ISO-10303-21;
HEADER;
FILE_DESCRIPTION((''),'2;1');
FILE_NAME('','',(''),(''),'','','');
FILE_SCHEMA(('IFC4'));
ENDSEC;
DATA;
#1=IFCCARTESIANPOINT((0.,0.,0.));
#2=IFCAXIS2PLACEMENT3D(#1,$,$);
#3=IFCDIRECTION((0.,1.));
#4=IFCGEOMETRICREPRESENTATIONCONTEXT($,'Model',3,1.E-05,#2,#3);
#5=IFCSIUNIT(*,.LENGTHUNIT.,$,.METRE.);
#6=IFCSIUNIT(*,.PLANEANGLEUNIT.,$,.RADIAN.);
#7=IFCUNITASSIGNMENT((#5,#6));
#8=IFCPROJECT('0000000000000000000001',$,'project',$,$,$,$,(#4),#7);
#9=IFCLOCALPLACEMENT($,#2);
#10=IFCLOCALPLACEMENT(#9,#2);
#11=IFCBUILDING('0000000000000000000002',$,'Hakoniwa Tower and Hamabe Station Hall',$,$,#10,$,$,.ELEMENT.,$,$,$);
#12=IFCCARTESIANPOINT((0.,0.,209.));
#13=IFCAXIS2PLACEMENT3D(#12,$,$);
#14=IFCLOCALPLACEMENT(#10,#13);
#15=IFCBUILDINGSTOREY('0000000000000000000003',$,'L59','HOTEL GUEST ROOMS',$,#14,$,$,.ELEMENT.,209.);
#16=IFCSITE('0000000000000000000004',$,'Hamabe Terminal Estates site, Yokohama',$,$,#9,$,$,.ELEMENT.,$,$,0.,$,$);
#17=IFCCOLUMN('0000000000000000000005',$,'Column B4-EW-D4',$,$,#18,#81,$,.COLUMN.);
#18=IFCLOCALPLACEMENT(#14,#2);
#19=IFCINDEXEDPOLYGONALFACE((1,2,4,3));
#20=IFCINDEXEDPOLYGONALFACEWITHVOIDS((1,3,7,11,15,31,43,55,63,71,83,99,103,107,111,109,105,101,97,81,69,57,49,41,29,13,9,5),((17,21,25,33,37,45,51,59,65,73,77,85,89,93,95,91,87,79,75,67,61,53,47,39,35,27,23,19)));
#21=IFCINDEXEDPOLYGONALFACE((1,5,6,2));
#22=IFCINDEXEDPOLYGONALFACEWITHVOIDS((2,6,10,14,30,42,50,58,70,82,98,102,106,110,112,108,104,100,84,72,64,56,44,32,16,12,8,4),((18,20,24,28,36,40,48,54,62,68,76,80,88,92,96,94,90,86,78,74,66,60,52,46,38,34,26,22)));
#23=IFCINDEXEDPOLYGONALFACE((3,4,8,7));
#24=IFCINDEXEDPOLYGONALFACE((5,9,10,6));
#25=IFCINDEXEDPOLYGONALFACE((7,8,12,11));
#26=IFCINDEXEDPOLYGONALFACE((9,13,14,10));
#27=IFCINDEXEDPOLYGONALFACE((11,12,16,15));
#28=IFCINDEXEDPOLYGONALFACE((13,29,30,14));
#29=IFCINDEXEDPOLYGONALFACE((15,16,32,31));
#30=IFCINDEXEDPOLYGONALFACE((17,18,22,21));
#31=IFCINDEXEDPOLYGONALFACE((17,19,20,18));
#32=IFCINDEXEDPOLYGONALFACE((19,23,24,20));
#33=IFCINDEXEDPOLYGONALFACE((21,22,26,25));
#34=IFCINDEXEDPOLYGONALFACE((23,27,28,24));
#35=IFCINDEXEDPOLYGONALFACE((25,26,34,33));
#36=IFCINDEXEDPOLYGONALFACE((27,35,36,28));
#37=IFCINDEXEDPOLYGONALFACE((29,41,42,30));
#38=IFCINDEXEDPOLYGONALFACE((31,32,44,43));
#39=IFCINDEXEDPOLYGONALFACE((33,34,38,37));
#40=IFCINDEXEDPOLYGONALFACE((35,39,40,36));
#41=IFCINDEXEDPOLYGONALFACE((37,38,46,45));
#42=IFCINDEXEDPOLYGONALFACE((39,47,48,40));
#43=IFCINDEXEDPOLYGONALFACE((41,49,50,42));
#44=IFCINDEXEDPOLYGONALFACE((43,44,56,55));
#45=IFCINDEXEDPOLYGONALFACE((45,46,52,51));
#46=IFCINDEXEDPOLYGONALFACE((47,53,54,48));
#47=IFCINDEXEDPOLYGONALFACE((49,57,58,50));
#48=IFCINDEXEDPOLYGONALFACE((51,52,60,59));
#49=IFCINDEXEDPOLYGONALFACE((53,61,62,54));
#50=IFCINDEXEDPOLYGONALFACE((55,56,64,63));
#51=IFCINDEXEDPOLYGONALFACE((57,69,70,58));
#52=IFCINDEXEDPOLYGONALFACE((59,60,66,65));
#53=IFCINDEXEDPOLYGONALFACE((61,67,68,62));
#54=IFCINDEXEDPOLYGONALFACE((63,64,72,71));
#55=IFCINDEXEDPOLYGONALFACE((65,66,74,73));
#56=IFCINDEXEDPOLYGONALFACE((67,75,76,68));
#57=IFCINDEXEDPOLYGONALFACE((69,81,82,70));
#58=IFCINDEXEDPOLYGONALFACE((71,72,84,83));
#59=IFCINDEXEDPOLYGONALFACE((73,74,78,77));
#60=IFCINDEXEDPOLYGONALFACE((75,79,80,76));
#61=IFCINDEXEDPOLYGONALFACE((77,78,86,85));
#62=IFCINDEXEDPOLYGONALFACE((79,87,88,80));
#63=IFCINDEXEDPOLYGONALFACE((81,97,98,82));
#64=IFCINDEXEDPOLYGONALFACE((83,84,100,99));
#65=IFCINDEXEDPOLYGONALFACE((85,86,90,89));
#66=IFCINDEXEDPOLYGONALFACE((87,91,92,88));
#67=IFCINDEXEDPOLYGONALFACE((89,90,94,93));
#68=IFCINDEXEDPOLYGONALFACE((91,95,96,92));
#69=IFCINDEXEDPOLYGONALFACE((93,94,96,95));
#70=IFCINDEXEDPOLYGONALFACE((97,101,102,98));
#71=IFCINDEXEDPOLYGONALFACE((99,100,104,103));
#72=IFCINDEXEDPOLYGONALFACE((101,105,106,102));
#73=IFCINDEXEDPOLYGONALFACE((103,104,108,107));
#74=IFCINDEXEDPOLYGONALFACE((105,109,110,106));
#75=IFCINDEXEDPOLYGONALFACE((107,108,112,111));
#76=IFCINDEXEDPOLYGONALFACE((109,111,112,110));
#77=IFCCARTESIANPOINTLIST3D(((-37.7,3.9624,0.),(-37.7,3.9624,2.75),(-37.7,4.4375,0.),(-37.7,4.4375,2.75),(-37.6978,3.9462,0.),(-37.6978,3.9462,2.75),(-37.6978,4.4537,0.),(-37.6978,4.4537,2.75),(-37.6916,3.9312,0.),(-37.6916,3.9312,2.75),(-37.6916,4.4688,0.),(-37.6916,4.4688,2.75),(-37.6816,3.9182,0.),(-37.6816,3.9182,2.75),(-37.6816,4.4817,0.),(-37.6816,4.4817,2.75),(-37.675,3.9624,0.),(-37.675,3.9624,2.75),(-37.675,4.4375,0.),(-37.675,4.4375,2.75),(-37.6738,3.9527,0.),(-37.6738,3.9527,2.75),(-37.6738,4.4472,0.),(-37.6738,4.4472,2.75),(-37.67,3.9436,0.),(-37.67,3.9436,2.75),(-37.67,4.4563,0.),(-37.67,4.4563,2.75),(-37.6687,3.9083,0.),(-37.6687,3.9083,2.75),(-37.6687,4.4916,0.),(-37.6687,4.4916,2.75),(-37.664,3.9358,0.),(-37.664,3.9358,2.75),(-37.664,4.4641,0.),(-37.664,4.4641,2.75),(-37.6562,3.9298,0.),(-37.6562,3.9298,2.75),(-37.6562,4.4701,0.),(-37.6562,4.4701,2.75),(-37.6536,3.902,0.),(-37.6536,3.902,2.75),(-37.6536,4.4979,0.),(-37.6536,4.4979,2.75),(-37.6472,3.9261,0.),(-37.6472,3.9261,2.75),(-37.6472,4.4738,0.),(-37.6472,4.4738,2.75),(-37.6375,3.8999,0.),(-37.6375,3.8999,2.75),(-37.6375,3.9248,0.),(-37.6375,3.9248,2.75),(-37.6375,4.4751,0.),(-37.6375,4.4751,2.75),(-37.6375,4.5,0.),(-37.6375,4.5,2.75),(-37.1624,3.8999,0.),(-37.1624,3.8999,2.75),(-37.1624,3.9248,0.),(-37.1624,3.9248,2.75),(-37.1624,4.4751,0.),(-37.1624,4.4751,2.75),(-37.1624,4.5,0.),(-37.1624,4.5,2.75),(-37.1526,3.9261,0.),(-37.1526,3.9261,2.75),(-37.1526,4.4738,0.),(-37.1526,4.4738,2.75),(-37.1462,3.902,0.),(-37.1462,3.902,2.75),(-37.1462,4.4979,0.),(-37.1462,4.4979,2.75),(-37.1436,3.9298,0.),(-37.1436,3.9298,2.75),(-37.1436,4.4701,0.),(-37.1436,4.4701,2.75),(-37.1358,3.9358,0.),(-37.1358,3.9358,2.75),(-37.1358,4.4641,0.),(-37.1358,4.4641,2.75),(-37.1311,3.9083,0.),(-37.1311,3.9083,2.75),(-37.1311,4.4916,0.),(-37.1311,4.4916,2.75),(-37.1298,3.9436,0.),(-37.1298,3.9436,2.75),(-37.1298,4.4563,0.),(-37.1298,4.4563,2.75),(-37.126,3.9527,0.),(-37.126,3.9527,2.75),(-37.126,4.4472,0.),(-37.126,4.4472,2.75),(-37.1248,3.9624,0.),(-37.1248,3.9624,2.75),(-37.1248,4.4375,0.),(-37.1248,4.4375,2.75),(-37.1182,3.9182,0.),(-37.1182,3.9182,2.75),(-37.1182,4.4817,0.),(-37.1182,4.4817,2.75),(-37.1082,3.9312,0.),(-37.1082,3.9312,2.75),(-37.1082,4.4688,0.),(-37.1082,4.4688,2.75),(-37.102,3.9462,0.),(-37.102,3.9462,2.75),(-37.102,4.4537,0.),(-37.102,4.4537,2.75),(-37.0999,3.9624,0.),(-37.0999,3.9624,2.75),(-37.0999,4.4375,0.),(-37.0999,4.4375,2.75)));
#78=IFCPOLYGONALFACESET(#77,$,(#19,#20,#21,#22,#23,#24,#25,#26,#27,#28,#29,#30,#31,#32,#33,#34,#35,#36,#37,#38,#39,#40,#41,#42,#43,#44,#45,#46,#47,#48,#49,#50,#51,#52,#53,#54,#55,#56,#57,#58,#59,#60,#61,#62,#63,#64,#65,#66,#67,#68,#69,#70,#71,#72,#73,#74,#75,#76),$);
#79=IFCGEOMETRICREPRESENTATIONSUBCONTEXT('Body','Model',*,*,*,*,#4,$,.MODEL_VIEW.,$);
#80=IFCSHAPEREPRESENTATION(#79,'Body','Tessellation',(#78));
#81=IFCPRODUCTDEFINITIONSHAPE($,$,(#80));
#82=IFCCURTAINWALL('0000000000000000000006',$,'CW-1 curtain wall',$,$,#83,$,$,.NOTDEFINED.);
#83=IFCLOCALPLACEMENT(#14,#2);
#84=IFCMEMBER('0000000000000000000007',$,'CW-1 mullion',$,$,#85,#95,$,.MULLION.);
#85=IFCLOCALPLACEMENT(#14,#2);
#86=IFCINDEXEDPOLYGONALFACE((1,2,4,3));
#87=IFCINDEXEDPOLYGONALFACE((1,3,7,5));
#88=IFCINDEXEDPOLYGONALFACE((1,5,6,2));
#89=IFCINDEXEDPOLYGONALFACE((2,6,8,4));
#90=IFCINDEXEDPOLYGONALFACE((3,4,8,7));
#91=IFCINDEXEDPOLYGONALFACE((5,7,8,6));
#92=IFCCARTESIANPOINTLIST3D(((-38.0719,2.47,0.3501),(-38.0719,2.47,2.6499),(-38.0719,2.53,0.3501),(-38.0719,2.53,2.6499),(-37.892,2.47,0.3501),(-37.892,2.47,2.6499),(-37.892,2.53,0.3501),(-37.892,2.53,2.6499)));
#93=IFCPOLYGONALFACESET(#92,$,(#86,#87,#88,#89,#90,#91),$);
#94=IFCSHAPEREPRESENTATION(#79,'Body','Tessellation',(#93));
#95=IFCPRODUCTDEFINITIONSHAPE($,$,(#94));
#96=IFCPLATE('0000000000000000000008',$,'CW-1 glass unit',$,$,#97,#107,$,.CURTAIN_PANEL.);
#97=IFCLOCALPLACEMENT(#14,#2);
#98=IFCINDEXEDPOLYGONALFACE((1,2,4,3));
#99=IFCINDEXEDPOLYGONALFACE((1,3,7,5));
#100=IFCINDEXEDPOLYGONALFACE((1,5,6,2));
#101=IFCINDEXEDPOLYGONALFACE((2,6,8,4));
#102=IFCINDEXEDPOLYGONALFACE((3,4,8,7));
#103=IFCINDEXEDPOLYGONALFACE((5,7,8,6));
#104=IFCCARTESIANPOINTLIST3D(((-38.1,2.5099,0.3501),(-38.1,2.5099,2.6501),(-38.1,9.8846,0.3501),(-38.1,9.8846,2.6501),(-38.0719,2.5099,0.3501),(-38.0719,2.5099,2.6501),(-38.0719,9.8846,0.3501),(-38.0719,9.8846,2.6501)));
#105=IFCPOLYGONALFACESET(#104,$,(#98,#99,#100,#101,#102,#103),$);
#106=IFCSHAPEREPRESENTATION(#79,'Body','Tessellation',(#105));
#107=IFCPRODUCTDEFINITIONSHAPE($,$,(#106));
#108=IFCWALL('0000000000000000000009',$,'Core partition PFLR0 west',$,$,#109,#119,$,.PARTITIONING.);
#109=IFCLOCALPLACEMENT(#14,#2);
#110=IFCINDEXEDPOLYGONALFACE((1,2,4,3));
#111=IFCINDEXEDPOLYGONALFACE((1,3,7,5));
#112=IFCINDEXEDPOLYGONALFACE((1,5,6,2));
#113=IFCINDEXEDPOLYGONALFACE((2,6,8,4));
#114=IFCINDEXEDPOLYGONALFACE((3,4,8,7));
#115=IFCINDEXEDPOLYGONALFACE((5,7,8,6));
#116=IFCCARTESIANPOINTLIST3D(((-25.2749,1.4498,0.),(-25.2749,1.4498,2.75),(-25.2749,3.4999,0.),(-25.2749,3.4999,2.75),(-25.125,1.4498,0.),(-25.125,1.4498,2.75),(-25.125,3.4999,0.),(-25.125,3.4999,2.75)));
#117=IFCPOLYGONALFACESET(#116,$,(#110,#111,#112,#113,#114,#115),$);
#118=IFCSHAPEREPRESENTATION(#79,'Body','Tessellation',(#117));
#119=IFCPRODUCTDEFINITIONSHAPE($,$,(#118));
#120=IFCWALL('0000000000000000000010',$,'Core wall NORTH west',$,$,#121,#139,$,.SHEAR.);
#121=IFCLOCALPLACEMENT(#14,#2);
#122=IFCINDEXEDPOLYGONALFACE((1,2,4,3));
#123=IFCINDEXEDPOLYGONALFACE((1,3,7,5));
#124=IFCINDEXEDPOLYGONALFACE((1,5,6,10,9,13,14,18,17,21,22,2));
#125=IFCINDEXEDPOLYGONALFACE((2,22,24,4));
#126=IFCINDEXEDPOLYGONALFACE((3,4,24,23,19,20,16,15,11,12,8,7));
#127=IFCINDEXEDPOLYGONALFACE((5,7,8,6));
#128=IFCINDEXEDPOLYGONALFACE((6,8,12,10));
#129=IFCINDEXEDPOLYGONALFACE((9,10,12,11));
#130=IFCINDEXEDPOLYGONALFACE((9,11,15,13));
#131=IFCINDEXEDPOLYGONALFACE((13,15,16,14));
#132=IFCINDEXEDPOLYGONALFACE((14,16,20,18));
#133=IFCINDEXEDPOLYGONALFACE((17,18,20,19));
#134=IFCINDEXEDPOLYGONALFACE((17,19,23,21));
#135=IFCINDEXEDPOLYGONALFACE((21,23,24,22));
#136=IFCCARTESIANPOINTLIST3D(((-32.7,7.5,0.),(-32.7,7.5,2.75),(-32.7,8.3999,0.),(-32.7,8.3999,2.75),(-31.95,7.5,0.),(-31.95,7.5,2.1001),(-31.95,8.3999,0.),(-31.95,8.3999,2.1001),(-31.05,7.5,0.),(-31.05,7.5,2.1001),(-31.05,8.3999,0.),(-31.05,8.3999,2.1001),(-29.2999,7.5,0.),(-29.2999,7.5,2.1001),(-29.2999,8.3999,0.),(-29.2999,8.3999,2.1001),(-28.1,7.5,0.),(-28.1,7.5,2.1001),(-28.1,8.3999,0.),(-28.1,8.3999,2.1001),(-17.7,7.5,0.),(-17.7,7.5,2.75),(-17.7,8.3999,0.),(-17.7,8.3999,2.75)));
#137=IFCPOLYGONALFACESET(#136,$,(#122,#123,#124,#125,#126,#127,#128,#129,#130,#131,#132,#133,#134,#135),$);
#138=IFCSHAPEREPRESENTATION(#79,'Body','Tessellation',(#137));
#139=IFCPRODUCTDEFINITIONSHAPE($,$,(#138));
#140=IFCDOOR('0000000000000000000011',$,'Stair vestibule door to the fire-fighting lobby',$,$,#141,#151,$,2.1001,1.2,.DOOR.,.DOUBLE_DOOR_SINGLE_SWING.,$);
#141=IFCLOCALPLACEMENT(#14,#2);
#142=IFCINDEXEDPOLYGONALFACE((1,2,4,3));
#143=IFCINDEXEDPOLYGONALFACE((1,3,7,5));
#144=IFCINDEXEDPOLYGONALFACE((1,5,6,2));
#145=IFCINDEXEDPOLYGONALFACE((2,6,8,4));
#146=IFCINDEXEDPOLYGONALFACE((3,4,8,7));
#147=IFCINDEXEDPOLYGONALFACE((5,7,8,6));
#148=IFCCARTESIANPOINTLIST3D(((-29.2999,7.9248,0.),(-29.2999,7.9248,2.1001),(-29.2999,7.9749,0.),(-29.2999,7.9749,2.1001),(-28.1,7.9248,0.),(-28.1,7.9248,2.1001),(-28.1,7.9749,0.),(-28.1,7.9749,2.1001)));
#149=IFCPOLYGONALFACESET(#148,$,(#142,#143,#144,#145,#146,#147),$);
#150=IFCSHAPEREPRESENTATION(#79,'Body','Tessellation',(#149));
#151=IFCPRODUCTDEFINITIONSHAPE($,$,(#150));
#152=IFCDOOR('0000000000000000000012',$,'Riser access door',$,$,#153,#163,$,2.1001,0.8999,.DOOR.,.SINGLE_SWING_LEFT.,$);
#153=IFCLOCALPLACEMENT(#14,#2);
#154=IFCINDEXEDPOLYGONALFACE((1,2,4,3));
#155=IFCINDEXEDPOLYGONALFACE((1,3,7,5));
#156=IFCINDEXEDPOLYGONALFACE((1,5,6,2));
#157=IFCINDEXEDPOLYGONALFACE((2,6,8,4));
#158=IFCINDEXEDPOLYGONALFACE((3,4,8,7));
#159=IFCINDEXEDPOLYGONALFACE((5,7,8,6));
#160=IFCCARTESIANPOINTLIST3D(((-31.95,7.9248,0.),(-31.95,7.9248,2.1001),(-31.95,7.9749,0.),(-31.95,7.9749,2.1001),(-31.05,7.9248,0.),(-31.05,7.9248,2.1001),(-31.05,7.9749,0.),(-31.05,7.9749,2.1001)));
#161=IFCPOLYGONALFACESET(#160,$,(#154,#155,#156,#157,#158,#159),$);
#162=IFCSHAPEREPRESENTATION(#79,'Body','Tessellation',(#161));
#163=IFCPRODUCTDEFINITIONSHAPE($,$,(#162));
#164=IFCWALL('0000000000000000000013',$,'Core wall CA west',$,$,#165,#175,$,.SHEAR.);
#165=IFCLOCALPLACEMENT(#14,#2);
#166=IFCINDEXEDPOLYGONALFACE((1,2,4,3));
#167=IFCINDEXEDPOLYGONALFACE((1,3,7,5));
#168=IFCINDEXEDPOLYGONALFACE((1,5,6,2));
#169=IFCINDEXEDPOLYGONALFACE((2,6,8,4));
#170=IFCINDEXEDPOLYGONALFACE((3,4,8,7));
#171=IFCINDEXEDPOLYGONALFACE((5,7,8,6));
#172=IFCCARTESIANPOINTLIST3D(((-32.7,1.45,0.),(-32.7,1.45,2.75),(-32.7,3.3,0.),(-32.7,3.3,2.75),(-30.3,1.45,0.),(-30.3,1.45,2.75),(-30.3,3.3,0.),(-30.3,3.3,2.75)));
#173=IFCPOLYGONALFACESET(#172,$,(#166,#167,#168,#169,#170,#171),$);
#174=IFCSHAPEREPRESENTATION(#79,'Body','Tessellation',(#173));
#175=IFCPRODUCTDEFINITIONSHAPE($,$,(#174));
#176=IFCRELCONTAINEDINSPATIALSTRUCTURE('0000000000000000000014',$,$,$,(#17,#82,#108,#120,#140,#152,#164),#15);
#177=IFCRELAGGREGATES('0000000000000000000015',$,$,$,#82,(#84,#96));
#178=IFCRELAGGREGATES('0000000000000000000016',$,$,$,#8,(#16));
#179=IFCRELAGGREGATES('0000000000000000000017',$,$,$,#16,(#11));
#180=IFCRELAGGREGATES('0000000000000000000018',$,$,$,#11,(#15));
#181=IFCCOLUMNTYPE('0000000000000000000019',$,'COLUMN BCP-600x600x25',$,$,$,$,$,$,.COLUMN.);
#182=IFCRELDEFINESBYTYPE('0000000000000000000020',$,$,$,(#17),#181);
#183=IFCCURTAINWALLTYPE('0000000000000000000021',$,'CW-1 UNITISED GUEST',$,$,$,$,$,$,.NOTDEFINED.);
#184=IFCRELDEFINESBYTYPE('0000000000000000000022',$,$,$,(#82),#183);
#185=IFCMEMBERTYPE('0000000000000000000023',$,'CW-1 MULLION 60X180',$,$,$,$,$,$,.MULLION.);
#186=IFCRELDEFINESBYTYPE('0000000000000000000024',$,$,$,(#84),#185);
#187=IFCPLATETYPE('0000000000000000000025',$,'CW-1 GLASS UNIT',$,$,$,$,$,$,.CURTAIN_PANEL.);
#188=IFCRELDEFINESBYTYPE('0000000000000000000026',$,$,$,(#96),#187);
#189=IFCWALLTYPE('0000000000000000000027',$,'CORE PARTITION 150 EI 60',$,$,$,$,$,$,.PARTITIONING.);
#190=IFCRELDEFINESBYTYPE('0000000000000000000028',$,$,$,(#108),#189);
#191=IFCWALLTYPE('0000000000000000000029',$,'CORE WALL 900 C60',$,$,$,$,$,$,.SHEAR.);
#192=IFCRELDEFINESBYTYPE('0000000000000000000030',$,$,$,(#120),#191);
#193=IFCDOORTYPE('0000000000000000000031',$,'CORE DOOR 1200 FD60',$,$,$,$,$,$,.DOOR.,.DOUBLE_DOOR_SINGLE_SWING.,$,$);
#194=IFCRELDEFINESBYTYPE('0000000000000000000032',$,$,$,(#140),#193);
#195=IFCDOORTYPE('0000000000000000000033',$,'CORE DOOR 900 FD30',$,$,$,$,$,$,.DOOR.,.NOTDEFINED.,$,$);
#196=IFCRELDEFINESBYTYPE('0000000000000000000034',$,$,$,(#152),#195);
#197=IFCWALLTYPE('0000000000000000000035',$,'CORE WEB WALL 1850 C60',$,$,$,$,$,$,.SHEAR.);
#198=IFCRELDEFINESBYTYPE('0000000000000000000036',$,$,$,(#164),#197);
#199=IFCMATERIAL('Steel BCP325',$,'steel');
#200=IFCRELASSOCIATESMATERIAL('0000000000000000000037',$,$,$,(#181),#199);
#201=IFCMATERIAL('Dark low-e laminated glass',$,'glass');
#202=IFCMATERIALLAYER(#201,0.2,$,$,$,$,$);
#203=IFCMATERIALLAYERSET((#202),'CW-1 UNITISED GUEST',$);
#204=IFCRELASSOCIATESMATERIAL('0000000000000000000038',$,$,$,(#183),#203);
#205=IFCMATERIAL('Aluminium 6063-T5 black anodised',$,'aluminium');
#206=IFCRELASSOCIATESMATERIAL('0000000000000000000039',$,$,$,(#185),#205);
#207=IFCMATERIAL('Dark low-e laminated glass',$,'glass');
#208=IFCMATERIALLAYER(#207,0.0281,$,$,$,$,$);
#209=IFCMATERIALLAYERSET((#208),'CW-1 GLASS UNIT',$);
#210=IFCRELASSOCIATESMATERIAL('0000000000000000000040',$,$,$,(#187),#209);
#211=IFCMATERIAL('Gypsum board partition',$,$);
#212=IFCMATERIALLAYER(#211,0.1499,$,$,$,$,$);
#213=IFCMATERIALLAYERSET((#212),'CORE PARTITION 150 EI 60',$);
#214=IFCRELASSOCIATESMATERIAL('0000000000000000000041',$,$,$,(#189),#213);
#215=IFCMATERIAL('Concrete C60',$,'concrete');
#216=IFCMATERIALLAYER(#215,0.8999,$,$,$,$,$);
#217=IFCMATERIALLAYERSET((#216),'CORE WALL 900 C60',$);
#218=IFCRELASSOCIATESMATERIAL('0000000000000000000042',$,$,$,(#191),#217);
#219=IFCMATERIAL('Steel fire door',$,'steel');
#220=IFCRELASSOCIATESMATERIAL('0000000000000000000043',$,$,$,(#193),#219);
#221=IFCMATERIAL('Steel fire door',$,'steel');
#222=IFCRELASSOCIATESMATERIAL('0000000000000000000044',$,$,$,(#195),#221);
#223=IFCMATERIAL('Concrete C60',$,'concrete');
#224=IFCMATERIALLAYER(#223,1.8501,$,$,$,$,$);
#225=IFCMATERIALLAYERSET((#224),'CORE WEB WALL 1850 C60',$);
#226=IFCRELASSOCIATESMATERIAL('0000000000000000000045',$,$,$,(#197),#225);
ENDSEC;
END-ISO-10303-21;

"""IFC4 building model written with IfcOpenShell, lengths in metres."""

from ifc_helpers import new_model, si_unit, direction, frame, frame_2d, origin, origin_2d, place, context, subcontext, project, spatial, rectangle, hollow_rectangle, extrude, material, layer, layer_set, material_profile, profile_set, type_object, element, fill, aggregate, save


model = new_model("IFC4")

# Units and contexts
model_context = context("Model", 3, precision=1e-05, world=origin(), true_north=direction((0.0, 1.0)))
body_context = subcontext(model_context, "Body", "Model", "MODEL_VIEW")
ifc_project = project(units=[si_unit("LENGTHUNIT", "METRE"), si_unit("PLANEANGLEUNIT", "RADIAN")], contexts=[model_context])

# Site, building, storey
site_placement = place(None, origin())
site = spatial("IfcSite", under=ifc_project, at=site_placement, Name="Hamabe Terminal Estates site, Yokohama", CompositionType="ELEMENT", RefElevation=0.0)
building_placement = place(site_placement, origin())
building = spatial("IfcBuilding", under=site, at=building_placement, Name="Hakoniwa Tower and Hamabe Station Hall", CompositionType="ELEMENT")
storey_placement = place(building_placement, frame((0.0, 0.0, 209.0)))
storey = spatial("IfcBuildingStorey", under=building, at=storey_placement, Name="L59", Description="HOTEL GUEST ROOMS", CompositionType="ELEMENT", Elevation=209.0)

# Column
ifc_material_1 = material(Name="Steel BCP325", Category="steel")
ifc_material_profile_1 = material_profile(ifc_material_1, hollow_rectangle(XDim=0.6001, YDim=0.6001, WallThickness=0.0249, InnerFilletRadius=0.0376, OuterFilletRadius=0.0625, at=origin_2d()), Name="BCP-600x600x25")
ifc_profile_set_1 = profile_set([ifc_material_profile_1], Name="Steel BCP325")
column_type = type_object("IfcColumnType", Name="COLUMN BCP-600x600x25", PredefinedType="COLUMN", material=ifc_profile_set_1)
column_placement = place(storey_placement, frame((-37.3999, 4.2, 0.0), z_axis=(0.0, 0.0, 1.0), x_axis=(1.0, 0.0, 0.0)))
element("IfcColumn", 1, at=column_placement, inside=storey, type_object=column_type, Name="Column B4-EW-D4", PredefinedType="COLUMN", context=body_context, shape_type="SweptSolid", body=[
    extrude(hollow_rectangle(XDim=0.6001, YDim=0.6001, WallThickness=0.0249, InnerFilletRadius=0.0376, OuterFilletRadius=0.0625, at=origin_2d()), origin(), (0.0, 0.0, 1.0), 2.75),
])

# Curtain wall, member, plate
ifc_material_2 = material(Name="Dark low-e laminated glass", Category="glass")
ifc_layer_1 = layer(ifc_material_2, 0.2)
ifc_layer_set_1 = layer_set([ifc_layer_1], Name="CW-1 UNITISED GUEST")
curtain_wall_type = type_object("IfcCurtainWallType", Name="CW-1 UNITISED GUEST", PredefinedType="NOTDEFINED", material=ifc_layer_set_1)
curtain_wall_placement = place(storey_placement, origin())
curtain_wall = element("IfcCurtainWall", 2, at=curtain_wall_placement, inside=storey, type_object=curtain_wall_type, Name="CW-1 curtain wall", PredefinedType="NOTDEFINED")
ifc_material_3 = material(Name="Aluminium 6063-T5 black anodised", Category="aluminium")
ifc_material_profile_2 = material_profile(ifc_material_3, rectangle(XDim=0.0601, YDim=0.1799, at=origin_2d()), Name="CW-1 MULLION 60X180")
ifc_profile_set_2 = profile_set([ifc_material_profile_2], Name="Aluminium 6063-T5 black anodised")
member_type = type_object("IfcMemberType", Name="CW-1 MULLION 60X180", PredefinedType="MULLION", material=ifc_profile_set_2)
member_placement = place(storey_placement, frame((-37.9819, 2.5, 0.3501), z_axis=(0.0, 0.0, 1.0), x_axis=(0.0, -1.0, 0.0)))
member = element("IfcMember", 3, at=member_placement, type_object=member_type, Name="CW-1 mullion", PredefinedType="MULLION", context=body_context, shape_type="SweptSolid", body=[
    extrude(rectangle(XDim=0.0601, YDim=0.1799, at=origin_2d()), origin(), (0.0, 0.0, 1.0), 2.2998),
])
ifc_material_4 = material(Name="Dark low-e laminated glass", Category="glass")
ifc_layer_2 = layer(ifc_material_4, 0.0281)
ifc_layer_set_2 = layer_set([ifc_layer_2], Name="CW-1 GLASS UNIT")
plate_type = type_object("IfcPlateType", Name="CW-1 GLASS UNIT", PredefinedType="CURTAIN_PANEL", material=ifc_layer_set_2)
plate_placement = place(storey_placement, frame((-38.0859, 6.1973, 0.3501), z_axis=(0.0, 0.0, 1.0), x_axis=(0.0, -1.0, 0.0)))
plate = element("IfcPlate", 4, at=plate_placement, type_object=plate_type, Name="CW-1 glass unit", PredefinedType="CURTAIN_PANEL", context=body_context, shape_type="SweptSolid", body=[
    extrude(rectangle(XDim=7.3748, YDim=0.0281, at=origin_2d()), origin(), (0.0, 0.0, 1.0), 2.3),
])
aggregate(curtain_wall, [member, plate])

# Wall
ifc_material_5 = material(Name="Gypsum board partition")
ifc_layer_3 = layer(ifc_material_5, 0.1499)
ifc_layer_set_3 = layer_set([ifc_layer_3], Name="CORE PARTITION 150 EI 60")
wall_type_1 = type_object("IfcWallType", Name="CORE PARTITION 150 EI 60", PredefinedType="PARTITIONING", material=ifc_layer_set_3)
wall_1_placement = place(storey_placement, frame((-25.2, 1.45, 0.0), z_axis=(0.0, 0.0, 1.0), x_axis=(0.0, 1.0, 0.0)))
element("IfcWall", 5, at=wall_1_placement, inside=storey, type_object=wall_type_1, Name="Core partition PFLR0 west", PredefinedType="PARTITIONING", context=body_context, shape_type="SweptSolid", body=[
    extrude(rectangle(XDim=2.05, YDim=0.1499, at=frame_2d((1.0249, 0.0))), origin(), (0.0, 0.0, 1.0), 2.75),
])

# Wall, openings, doors
ifc_material_6 = material(Name="Concrete C60", Category="concrete")
ifc_layer_4 = layer(ifc_material_6, 0.8999)
ifc_layer_set_4 = layer_set([ifc_layer_4], Name="CORE WALL 900 C60")
wall_type_2 = type_object("IfcWallType", Name="CORE WALL 900 C60", PredefinedType="SHEAR", material=ifc_layer_set_4)
wall_2_placement = place(storey_placement, frame((-32.7, 7.95, 0.0), z_axis=(0.0, 0.0, 1.0), x_axis=(1.0, 0.0, 0.0)))
wall_2 = element("IfcWall", 6, at=wall_2_placement, inside=storey, type_object=wall_type_2, Name="Core wall NORTH west", PredefinedType="SHEAR", context=body_context, shape_type="SweptSolid", body=[
    extrude(rectangle(XDim=15.0, YDim=0.8999, at=frame_2d((7.5, 0.0))), origin(), (0.0, 0.0, 1.0), 2.75),
])
opening_1_placement = place(wall_2_placement, frame((3.3999, 0.0, 0.0)))
opening_1 = element("IfcOpeningElement", 7, at=opening_1_placement, cuts=wall_2, PredefinedType="OPENING", context=body_context, shape_type="SweptSolid", body=[
    extrude(rectangle(XDim=1.2, YDim=2.1001, at=frame_2d((0.6001, 1.05))), frame((0.0, 0.46, 0.0), z_axis=(0.0, -1.0, 0.0), x_axis=(1.0, 0.0, 0.0)), (0.0, 0.0, 1.0), 0.9199),
])
opening_2_placement = place(wall_2_placement, frame((0.75, 0.0, 0.0)))
opening_2 = element("IfcOpeningElement", 8, at=opening_2_placement, cuts=wall_2, PredefinedType="OPENING", context=body_context, shape_type="SweptSolid", body=[
    extrude(rectangle(XDim=0.8999, YDim=2.1001, at=frame_2d((0.45, 1.05))), frame((0.0, 0.46, 0.0), z_axis=(0.0, -1.0, 0.0), x_axis=(1.0, 0.0, 0.0)), (0.0, 0.0, 1.0), 0.9199),
])
ifc_material_7 = material(Name="Steel fire door", Category="steel")
door_type_1 = type_object("IfcDoorType", Name="CORE DOOR 1200 FD60", OperationType="DOUBLE_DOOR_SINGLE_SWING", PredefinedType="DOOR", material=ifc_material_7)
door_1_placement = place(opening_1_placement, origin())
door_1 = element("IfcDoor", 9, at=door_1_placement, inside=storey, type_object=door_type_1, Name="Stair vestibule door to the fire-fighting lobby", OperationType="DOUBLE_DOOR_SINGLE_SWING", OverallHeight=2.1001, OverallWidth=1.2, PredefinedType="DOOR", context=body_context, shape_type="SweptSolid", body=[
    extrude(rectangle(XDim=1.2, YDim=2.1001, at=frame_2d((0.6001, 1.05))), frame((0.0, 0.0249, 0.0), z_axis=(0.0, -1.0, 0.0), x_axis=(1.0, 0.0, 0.0)), (0.0, 0.0, 1.0), 0.05),
])
fill(opening_1, door_1)
ifc_material_8 = material(Name="Steel fire door", Category="steel")
door_type_2 = type_object("IfcDoorType", Name="CORE DOOR 900 FD30", OperationType="NOTDEFINED", PredefinedType="DOOR", material=ifc_material_8)
door_2_placement = place(opening_2_placement, origin())
door_2 = element("IfcDoor", 10, at=door_2_placement, inside=storey, type_object=door_type_2, Name="Riser access door", OperationType="SINGLE_SWING_LEFT", OverallHeight=2.1001, OverallWidth=0.8999, PredefinedType="DOOR", context=body_context, shape_type="SweptSolid", body=[
    extrude(rectangle(XDim=0.8999, YDim=2.1001, at=frame_2d((0.45, 1.05))), frame((0.0, 0.0249, 0.0), z_axis=(0.0, -1.0, 0.0), x_axis=(1.0, 0.0, 0.0)), (0.0, 0.0, 1.0), 0.05),
])
fill(opening_2, door_2)

# Wall
ifc_material_9 = material(Name="Concrete C60", Category="concrete")
ifc_layer_5 = layer(ifc_material_9, 1.8501)
ifc_layer_set_5 = layer_set([ifc_layer_5], Name="CORE WEB WALL 1850 C60")
wall_type_3 = type_object("IfcWallType", Name="CORE WEB WALL 1850 C60", PredefinedType="SHEAR", material=ifc_layer_set_5)
wall_3_placement = place(storey_placement, frame((-32.7, 2.375, 0.0), z_axis=(0.0, 0.0, 1.0), x_axis=(1.0, 0.0, 0.0)))
element("IfcWall", 11, at=wall_3_placement, inside=storey, type_object=wall_type_3, Name="Core wall CA west", PredefinedType="SHEAR", context=body_context, shape_type="SweptSolid", body=[
    extrude(rectangle(XDim=2.3999, YDim=1.8501, at=frame_2d((1.2, 0.0))), origin(), (0.0, 0.0, 1.0), 2.75),
])

save(model, "model.ifc")
